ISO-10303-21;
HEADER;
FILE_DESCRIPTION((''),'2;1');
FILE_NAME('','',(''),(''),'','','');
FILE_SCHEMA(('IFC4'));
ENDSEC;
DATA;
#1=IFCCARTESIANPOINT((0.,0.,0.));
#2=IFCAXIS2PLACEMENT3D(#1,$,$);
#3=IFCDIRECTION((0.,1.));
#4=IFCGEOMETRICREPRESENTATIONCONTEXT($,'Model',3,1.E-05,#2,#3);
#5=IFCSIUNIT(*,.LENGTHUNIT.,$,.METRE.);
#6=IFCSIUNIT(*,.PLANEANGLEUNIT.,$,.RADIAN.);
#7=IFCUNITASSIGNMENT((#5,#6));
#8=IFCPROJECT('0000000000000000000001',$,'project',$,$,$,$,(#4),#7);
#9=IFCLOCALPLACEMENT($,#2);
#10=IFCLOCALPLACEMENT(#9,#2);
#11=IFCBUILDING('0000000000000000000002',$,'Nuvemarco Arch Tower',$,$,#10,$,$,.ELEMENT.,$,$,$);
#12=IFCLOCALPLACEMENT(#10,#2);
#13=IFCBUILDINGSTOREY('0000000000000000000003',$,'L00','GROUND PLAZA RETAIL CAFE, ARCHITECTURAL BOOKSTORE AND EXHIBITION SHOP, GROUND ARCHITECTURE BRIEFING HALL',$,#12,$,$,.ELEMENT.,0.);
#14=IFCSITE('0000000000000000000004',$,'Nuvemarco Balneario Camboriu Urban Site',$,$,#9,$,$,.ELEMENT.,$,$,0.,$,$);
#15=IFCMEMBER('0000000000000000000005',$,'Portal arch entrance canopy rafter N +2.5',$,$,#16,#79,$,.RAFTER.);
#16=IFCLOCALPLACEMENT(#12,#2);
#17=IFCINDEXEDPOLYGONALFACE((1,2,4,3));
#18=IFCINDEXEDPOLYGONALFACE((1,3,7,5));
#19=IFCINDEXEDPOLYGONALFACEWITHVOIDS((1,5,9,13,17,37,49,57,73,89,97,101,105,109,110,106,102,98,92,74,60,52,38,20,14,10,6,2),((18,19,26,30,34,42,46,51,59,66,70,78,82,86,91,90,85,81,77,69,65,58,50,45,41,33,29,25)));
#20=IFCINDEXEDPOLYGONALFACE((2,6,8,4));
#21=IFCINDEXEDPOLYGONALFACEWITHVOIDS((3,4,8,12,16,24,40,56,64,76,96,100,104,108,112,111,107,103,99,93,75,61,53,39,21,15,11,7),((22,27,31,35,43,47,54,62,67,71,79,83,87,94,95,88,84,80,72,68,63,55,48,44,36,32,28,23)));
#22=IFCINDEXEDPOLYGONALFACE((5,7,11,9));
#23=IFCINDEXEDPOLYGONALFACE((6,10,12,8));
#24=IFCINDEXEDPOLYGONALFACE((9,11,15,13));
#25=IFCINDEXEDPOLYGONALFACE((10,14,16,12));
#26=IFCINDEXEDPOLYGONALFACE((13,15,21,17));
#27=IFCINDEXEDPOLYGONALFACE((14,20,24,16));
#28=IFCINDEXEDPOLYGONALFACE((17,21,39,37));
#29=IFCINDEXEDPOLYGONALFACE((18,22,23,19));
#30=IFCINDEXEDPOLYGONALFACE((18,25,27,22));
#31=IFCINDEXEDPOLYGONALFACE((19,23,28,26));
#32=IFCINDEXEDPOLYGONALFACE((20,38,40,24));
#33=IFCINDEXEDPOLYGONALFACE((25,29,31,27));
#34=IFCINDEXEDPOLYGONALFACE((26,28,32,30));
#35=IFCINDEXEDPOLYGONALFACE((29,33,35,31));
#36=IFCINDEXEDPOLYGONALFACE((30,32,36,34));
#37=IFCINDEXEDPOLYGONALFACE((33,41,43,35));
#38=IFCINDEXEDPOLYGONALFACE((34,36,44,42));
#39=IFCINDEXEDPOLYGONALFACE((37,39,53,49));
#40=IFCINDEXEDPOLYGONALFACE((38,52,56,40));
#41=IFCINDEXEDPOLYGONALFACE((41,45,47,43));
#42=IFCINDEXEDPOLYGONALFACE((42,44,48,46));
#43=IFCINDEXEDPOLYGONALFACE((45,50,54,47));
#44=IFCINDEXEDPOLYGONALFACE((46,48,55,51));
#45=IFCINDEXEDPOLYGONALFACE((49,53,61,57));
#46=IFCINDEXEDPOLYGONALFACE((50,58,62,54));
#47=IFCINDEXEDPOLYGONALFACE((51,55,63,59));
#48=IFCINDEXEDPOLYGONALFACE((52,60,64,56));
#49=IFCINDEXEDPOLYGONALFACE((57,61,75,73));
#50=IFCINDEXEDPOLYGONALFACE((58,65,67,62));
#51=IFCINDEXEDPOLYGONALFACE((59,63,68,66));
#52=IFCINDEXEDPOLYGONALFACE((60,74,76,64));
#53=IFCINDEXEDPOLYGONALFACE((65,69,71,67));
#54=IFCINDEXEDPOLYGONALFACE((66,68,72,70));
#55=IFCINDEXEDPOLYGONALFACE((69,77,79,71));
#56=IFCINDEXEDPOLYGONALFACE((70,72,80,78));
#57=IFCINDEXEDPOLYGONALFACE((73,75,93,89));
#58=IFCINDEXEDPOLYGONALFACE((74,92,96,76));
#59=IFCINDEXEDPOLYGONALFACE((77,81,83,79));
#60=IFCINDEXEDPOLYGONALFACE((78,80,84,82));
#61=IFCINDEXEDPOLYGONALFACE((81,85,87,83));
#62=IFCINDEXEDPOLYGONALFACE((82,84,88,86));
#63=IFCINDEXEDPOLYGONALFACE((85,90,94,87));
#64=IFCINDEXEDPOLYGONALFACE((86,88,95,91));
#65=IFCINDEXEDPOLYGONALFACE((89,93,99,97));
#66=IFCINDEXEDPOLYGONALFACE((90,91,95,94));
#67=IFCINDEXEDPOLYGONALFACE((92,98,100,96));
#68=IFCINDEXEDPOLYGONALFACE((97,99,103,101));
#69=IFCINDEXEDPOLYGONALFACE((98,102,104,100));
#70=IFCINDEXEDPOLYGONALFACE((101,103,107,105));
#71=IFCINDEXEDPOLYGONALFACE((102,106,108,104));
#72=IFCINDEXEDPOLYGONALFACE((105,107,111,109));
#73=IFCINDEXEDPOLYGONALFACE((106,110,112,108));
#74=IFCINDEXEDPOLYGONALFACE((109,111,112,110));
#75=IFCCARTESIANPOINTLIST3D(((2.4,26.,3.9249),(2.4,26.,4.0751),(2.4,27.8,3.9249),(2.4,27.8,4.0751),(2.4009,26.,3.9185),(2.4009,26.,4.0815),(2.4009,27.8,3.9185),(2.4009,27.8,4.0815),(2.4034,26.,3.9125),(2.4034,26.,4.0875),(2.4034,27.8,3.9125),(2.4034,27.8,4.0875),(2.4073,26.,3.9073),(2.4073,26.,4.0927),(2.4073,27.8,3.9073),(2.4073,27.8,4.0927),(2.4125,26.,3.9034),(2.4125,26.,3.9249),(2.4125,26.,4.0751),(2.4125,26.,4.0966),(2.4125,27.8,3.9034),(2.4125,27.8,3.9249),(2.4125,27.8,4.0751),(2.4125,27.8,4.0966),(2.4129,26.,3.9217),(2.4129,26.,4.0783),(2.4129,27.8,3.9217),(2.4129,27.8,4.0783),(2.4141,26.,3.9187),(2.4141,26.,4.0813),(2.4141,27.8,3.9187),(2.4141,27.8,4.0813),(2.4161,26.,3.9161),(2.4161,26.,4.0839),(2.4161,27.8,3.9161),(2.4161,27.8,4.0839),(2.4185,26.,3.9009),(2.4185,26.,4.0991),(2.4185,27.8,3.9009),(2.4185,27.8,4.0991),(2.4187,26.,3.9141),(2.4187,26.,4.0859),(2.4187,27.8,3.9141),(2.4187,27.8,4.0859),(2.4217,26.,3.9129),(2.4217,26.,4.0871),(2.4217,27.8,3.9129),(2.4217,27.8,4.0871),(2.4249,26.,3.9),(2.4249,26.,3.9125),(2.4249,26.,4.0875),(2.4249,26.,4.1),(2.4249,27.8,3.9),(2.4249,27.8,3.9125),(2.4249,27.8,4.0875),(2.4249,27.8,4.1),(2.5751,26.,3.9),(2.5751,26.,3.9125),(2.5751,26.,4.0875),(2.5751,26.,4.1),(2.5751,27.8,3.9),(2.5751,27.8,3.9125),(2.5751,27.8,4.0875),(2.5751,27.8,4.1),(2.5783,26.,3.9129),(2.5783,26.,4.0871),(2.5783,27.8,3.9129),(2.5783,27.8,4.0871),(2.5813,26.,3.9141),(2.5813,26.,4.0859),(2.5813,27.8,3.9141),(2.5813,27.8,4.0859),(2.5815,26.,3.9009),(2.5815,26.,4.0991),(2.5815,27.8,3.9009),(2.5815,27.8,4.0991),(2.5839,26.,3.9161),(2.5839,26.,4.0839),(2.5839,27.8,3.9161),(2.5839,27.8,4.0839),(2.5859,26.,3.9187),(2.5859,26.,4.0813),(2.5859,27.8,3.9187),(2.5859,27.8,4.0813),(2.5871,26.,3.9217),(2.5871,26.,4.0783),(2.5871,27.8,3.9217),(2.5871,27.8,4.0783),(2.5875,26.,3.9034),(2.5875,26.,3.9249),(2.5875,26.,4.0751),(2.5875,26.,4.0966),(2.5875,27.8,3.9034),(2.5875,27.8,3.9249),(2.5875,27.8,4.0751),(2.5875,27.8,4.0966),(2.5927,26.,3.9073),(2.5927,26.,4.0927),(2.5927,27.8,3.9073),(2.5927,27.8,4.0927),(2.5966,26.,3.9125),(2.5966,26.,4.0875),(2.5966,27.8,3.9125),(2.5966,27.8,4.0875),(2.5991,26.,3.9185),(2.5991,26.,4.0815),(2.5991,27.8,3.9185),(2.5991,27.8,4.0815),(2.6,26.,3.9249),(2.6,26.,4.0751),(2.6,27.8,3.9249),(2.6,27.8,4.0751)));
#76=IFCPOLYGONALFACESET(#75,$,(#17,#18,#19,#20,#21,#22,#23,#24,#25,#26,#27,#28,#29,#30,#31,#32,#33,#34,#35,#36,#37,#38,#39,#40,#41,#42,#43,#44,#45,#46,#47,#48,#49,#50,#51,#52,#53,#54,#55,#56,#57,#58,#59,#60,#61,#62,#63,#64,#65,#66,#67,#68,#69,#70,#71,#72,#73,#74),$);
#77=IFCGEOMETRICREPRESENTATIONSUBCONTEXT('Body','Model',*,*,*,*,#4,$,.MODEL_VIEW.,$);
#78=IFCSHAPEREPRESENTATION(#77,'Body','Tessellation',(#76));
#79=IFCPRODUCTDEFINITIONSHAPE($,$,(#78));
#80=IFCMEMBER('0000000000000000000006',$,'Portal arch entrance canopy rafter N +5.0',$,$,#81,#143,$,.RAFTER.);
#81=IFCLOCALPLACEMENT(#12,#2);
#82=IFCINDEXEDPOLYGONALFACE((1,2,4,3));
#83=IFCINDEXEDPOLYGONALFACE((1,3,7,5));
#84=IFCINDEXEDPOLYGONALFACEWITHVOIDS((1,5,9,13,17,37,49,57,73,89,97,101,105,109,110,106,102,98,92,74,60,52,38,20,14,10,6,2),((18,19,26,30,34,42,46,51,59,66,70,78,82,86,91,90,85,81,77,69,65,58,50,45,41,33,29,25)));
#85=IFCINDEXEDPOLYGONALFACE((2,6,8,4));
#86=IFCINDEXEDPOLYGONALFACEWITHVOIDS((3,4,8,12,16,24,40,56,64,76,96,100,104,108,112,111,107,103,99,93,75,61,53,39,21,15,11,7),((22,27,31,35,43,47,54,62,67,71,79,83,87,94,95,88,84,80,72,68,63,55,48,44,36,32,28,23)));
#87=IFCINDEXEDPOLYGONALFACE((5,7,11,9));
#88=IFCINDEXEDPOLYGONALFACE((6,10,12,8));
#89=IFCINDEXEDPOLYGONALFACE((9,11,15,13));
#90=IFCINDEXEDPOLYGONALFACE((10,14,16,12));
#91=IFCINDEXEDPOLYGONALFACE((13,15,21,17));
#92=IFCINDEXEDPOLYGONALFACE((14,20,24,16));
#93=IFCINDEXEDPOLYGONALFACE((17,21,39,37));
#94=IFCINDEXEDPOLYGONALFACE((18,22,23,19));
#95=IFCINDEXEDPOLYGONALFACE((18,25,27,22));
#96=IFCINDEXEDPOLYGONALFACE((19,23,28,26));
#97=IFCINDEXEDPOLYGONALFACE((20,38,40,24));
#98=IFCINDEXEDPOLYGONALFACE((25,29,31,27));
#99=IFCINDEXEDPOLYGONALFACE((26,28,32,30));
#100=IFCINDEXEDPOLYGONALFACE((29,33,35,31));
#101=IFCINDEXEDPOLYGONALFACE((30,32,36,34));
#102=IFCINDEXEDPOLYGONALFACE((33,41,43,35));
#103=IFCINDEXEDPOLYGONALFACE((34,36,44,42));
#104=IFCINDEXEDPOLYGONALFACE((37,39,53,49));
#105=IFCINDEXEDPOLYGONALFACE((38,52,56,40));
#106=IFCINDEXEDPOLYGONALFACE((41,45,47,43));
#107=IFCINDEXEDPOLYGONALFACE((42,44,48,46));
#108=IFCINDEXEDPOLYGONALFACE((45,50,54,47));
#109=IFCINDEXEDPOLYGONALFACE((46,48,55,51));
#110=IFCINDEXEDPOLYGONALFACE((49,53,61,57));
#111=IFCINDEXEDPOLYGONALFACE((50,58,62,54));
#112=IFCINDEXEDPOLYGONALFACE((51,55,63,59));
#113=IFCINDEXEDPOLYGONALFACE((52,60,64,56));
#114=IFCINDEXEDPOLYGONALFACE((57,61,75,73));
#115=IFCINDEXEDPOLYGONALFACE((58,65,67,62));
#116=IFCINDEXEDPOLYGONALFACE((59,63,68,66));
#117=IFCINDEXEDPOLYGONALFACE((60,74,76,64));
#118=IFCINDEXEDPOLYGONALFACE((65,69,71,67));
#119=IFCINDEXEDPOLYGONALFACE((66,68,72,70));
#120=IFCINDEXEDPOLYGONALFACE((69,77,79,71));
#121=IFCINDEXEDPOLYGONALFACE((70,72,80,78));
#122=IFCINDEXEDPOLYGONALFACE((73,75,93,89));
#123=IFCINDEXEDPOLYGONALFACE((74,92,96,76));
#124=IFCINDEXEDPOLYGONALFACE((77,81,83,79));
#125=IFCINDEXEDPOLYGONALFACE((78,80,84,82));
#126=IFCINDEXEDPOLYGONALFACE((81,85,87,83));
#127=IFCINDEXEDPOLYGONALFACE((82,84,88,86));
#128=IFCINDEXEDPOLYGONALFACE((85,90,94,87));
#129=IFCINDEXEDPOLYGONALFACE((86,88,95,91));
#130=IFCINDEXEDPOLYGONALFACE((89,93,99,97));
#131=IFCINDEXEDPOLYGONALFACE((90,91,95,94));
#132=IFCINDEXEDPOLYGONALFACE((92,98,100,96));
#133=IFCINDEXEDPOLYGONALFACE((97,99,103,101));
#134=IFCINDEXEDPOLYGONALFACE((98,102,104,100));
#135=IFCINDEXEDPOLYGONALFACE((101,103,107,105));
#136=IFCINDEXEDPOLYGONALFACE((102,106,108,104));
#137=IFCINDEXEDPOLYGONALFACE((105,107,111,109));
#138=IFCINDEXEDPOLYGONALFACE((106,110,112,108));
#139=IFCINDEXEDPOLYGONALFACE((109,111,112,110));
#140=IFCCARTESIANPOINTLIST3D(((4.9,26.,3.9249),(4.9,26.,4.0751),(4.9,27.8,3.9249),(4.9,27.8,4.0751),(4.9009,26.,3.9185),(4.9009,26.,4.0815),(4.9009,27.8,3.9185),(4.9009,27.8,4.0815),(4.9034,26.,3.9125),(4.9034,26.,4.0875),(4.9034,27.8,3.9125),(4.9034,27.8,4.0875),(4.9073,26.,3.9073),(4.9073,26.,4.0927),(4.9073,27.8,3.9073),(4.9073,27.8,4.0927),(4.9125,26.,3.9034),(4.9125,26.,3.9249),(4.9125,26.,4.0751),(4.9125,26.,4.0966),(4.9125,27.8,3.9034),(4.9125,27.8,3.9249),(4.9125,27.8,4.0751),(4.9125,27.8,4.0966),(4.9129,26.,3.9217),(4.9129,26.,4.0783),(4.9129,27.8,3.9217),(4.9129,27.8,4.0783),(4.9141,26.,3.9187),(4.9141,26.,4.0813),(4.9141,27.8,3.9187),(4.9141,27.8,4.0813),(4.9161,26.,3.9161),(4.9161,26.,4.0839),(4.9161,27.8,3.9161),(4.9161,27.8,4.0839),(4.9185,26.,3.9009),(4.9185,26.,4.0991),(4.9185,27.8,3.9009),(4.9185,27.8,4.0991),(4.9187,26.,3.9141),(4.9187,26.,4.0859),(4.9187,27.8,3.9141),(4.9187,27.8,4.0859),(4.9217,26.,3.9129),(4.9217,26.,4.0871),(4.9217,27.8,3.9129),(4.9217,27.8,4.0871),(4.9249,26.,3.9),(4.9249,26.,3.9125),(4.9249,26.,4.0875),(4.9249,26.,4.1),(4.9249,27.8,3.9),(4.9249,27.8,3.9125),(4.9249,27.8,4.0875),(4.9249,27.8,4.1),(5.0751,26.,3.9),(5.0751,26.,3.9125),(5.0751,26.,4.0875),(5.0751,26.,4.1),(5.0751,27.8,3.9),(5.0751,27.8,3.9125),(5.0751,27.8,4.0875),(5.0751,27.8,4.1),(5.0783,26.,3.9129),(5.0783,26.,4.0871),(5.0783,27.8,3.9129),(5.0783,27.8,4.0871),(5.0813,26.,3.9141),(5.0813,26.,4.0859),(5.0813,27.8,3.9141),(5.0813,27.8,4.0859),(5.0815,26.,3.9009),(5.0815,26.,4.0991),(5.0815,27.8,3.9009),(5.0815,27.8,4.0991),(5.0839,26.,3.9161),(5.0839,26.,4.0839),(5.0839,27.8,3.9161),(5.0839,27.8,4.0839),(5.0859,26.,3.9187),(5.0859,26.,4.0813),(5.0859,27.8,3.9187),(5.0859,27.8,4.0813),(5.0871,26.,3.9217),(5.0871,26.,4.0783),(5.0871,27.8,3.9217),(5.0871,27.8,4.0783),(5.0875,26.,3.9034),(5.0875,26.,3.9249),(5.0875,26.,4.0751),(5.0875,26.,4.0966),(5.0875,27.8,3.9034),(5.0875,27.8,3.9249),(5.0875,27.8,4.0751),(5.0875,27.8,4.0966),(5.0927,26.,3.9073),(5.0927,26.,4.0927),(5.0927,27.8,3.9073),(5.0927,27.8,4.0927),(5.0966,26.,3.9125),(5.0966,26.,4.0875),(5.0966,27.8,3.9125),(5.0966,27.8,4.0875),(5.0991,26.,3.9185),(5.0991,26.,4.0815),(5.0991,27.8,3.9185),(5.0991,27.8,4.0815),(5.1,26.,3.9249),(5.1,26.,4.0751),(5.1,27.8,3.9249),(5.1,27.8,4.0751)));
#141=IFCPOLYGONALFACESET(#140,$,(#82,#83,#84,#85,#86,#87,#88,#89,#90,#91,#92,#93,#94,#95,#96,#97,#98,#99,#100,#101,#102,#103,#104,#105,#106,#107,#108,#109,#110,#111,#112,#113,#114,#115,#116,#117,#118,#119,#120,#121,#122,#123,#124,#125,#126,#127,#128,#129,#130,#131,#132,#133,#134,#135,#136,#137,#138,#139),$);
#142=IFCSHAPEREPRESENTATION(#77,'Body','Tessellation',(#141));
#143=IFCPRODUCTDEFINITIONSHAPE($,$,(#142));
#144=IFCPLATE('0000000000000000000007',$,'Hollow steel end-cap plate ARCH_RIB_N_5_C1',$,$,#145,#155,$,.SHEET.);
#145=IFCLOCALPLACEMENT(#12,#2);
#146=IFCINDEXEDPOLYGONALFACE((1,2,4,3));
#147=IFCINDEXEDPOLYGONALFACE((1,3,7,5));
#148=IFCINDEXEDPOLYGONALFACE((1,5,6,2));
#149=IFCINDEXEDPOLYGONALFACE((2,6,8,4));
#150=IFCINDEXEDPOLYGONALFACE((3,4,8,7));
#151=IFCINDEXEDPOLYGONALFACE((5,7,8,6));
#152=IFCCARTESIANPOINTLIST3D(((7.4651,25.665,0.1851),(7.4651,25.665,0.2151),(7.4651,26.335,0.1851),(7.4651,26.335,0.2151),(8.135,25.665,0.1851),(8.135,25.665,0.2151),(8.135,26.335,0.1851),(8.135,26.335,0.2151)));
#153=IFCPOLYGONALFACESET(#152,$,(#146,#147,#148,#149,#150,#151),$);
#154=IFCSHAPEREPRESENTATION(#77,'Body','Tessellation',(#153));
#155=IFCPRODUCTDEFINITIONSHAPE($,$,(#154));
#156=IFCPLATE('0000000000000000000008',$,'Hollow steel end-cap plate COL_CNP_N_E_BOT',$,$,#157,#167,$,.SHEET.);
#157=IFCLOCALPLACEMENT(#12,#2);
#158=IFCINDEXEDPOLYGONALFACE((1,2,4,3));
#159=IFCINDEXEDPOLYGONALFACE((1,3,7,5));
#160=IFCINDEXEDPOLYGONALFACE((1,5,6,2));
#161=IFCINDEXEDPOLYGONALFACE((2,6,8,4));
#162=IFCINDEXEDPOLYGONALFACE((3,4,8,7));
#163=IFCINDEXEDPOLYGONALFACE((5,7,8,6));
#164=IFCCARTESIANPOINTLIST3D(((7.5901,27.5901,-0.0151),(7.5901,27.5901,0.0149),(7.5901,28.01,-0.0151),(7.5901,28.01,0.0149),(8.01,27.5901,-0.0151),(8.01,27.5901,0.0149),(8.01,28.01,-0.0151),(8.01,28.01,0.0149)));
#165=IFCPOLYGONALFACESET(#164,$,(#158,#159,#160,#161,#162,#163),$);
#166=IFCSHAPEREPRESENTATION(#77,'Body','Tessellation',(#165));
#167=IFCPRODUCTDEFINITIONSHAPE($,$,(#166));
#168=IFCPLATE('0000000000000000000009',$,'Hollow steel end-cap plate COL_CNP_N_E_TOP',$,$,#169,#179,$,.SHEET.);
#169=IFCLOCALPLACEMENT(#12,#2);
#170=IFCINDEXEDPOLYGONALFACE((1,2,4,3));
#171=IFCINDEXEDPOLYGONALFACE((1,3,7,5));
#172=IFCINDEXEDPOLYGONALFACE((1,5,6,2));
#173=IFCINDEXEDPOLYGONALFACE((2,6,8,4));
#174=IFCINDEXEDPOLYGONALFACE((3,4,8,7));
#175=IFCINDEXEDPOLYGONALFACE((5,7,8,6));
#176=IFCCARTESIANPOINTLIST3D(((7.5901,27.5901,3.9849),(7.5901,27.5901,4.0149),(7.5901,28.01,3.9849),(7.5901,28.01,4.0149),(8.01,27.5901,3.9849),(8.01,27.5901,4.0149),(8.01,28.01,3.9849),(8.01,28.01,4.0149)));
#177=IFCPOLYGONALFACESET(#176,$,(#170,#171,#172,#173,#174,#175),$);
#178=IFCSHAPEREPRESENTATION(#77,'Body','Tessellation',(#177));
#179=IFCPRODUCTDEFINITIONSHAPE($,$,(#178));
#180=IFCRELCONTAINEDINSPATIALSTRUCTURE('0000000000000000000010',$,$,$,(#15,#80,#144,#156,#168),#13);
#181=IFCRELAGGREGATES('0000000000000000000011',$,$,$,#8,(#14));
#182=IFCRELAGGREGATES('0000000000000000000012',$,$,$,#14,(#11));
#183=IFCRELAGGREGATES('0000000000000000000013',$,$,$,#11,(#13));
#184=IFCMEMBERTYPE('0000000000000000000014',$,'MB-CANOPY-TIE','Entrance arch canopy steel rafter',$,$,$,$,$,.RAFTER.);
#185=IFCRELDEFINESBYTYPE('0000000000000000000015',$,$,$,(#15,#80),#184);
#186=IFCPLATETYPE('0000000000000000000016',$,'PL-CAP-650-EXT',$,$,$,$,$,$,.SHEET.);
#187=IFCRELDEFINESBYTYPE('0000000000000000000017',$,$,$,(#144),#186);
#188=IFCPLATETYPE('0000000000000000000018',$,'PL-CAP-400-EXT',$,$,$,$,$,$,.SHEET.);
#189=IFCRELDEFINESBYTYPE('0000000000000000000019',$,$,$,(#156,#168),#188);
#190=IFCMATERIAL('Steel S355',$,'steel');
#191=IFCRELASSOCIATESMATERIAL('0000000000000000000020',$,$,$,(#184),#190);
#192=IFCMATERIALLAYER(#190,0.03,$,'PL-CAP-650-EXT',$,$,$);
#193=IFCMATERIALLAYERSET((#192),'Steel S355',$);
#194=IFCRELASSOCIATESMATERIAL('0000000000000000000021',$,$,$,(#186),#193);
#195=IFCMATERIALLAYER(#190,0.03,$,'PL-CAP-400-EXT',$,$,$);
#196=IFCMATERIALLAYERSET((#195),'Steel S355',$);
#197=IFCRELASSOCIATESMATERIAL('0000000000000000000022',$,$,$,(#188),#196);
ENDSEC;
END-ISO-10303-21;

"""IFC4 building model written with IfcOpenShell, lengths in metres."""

from ifc_helpers import new_model, si_unit, direction, frame, origin, origin_2d, place, context, subcontext, project, spatial, rectangle, hollow_rectangle, extrude, source, transform, mapped, material, layer, layer_set, material_profile, profile_set, type_object, type_shapes, element, save


model = new_model("IFC4")

# Units and contexts
model_context = context("Model", 3, precision=1e-05, world=origin(), true_north=direction((0.0, 1.0)))
body_context = subcontext(model_context, "Body", "Model", "MODEL_VIEW")
ifc_project = project(units=[si_unit("LENGTHUNIT", "METRE"), si_unit("PLANEANGLEUNIT", "RADIAN")], contexts=[model_context])

# Site, building, storey
site_placement = place(None, origin())
site = spatial("IfcSite", under=ifc_project, at=site_placement, Name="Nuvemarco Balneario Camboriu Urban Site", CompositionType="ELEMENT", RefElevation=0.0)
building_placement = place(site_placement, origin())
building = spatial("IfcBuilding", under=site, at=building_placement, Name="Nuvemarco Arch Tower", CompositionType="ELEMENT")
storey_placement = place(building_placement, origin())
storey = spatial("IfcBuildingStorey", under=building, at=storey_placement, Name="L00", Description="GROUND PLAZA RETAIL CAFE, ARCHITECTURAL BOOKSTORE AND EXHIBITION SHOP, GROUND ARCHITECTURE BRIEFING HALL", CompositionType="ELEMENT", Elevation=0.0)

# Shared definitions
ifc_material_1 = material(Name="Steel S355", Category="steel")

# Members
ifc_material_profile_1 = material_profile(ifc_material_1, hollow_rectangle(XDim=0.2, YDim=0.2, WallThickness=0.0125, InnerFilletRadius=0.0125, OuterFilletRadius=0.0249, at=origin_2d()), Name="SHS200x200x12.5")
ifc_profile_set_1 = profile_set([ifc_material_profile_1], Name="Steel S355")
member_type = type_object("IfcMemberType", Name="MB-CANOPY-TIE", Description="Entrance arch canopy steel rafter", PredefinedType="RAFTER", material=ifc_profile_set_1)
for number, where, z_axis, x_axis, name in (
    (1, (2.5, 26.0, 4.0), (0.0, 1.0, 0.0), (-1.0, 0.0, 0.0), "Portal arch entrance canopy rafter N +2.5"),
    (2, (5.0, 26.0, 4.0), (0.0, 1.0, 0.0), (-1.0, 0.0, 0.0), "Portal arch entrance canopy rafter N +5.0"),
):
    element("IfcMember", number, at=place(storey_placement, frame(where, z_axis=z_axis, x_axis=x_axis)), inside=storey, type_object=member_type, Name=name, PredefinedType="RAFTER", context=body_context, shape_type="SweptSolid", body=[
        extrude(hollow_rectangle(XDim=0.2, YDim=0.2, WallThickness=0.0125, InnerFilletRadius=0.0125, OuterFilletRadius=0.0249, at=origin_2d()), origin(), (0.0, 0.0, 1.0), 1.8),
    ])

# Plates
ifc_layer_1 = layer(ifc_material_1, 0.03, Name="PL-CAP-650-EXT")
ifc_layer_set_1 = layer_set([ifc_layer_1], Name="Steel S355")
plate_type_1 = type_object("IfcPlateType", Name="PL-CAP-650-EXT", PredefinedType="SHEET", material=ifc_layer_set_1)
shared_shape_1 = source(origin(), body_context, "Body", "SweptSolid", [
    extrude(rectangle(XDim=0.6699, YDim=0.6699, at=origin_2d()), origin(), (0.0, 0.0, 1.0), 0.03),
])
type_shapes(plate_type_1, [shared_shape_1])
plate_placement = place(storey_placement, frame((7.8, 26.0, 0.1851), z_axis=(0.0, 0.0, 1.0), x_axis=(1.0, 0.0, 0.0)))
element("IfcPlate", 3, at=plate_placement, inside=storey, type_object=plate_type_1, Name="Hollow steel end-cap plate ARCH_RIB_N_5_C1", PredefinedType="SHEET", context=body_context, shape_type="MappedRepresentation", body=[
    mapped(shared_shape_1, transform((0.0, 0.0, 0.0), scale=1.0)),
])
ifc_layer_2 = layer(ifc_material_1, 0.03, Name="PL-CAP-400-EXT")
ifc_layer_set_2 = layer_set([ifc_layer_2], Name="Steel S355")
plate_type_2 = type_object("IfcPlateType", Name="PL-CAP-400-EXT", PredefinedType="SHEET", material=ifc_layer_set_2)
shared_shape_2 = source(origin(), body_context, "Body", "SweptSolid", [
    extrude(rectangle(XDim=0.4199, YDim=0.4199, at=origin_2d()), origin(), (0.0, 0.0, 1.0), 0.03),
])
type_shapes(plate_type_2, [shared_shape_2])
for number, where, z_axis, x_axis, name in (
    (4, (7.8, 27.8, -0.0151), (0.0, 0.0, 1.0), (1.0, 0.0, 0.0), "Hollow steel end-cap plate COL_CNP_N_E_BOT"),
    (5, (7.8, 27.8, 3.9849), (0.0, 0.0, 1.0), (1.0, 0.0, 0.0), "Hollow steel end-cap plate COL_CNP_N_E_TOP"),
):
    element("IfcPlate", number, at=place(storey_placement, frame(where, z_axis=z_axis, x_axis=x_axis)), inside=storey, type_object=plate_type_2, Name=name, PredefinedType="SHEET", context=body_context, shape_type="MappedRepresentation", body=[
        mapped(shared_shape_2, transform((0.0, 0.0, 0.0), scale=1.0)),
    ])

save(model, "model.ifc")
